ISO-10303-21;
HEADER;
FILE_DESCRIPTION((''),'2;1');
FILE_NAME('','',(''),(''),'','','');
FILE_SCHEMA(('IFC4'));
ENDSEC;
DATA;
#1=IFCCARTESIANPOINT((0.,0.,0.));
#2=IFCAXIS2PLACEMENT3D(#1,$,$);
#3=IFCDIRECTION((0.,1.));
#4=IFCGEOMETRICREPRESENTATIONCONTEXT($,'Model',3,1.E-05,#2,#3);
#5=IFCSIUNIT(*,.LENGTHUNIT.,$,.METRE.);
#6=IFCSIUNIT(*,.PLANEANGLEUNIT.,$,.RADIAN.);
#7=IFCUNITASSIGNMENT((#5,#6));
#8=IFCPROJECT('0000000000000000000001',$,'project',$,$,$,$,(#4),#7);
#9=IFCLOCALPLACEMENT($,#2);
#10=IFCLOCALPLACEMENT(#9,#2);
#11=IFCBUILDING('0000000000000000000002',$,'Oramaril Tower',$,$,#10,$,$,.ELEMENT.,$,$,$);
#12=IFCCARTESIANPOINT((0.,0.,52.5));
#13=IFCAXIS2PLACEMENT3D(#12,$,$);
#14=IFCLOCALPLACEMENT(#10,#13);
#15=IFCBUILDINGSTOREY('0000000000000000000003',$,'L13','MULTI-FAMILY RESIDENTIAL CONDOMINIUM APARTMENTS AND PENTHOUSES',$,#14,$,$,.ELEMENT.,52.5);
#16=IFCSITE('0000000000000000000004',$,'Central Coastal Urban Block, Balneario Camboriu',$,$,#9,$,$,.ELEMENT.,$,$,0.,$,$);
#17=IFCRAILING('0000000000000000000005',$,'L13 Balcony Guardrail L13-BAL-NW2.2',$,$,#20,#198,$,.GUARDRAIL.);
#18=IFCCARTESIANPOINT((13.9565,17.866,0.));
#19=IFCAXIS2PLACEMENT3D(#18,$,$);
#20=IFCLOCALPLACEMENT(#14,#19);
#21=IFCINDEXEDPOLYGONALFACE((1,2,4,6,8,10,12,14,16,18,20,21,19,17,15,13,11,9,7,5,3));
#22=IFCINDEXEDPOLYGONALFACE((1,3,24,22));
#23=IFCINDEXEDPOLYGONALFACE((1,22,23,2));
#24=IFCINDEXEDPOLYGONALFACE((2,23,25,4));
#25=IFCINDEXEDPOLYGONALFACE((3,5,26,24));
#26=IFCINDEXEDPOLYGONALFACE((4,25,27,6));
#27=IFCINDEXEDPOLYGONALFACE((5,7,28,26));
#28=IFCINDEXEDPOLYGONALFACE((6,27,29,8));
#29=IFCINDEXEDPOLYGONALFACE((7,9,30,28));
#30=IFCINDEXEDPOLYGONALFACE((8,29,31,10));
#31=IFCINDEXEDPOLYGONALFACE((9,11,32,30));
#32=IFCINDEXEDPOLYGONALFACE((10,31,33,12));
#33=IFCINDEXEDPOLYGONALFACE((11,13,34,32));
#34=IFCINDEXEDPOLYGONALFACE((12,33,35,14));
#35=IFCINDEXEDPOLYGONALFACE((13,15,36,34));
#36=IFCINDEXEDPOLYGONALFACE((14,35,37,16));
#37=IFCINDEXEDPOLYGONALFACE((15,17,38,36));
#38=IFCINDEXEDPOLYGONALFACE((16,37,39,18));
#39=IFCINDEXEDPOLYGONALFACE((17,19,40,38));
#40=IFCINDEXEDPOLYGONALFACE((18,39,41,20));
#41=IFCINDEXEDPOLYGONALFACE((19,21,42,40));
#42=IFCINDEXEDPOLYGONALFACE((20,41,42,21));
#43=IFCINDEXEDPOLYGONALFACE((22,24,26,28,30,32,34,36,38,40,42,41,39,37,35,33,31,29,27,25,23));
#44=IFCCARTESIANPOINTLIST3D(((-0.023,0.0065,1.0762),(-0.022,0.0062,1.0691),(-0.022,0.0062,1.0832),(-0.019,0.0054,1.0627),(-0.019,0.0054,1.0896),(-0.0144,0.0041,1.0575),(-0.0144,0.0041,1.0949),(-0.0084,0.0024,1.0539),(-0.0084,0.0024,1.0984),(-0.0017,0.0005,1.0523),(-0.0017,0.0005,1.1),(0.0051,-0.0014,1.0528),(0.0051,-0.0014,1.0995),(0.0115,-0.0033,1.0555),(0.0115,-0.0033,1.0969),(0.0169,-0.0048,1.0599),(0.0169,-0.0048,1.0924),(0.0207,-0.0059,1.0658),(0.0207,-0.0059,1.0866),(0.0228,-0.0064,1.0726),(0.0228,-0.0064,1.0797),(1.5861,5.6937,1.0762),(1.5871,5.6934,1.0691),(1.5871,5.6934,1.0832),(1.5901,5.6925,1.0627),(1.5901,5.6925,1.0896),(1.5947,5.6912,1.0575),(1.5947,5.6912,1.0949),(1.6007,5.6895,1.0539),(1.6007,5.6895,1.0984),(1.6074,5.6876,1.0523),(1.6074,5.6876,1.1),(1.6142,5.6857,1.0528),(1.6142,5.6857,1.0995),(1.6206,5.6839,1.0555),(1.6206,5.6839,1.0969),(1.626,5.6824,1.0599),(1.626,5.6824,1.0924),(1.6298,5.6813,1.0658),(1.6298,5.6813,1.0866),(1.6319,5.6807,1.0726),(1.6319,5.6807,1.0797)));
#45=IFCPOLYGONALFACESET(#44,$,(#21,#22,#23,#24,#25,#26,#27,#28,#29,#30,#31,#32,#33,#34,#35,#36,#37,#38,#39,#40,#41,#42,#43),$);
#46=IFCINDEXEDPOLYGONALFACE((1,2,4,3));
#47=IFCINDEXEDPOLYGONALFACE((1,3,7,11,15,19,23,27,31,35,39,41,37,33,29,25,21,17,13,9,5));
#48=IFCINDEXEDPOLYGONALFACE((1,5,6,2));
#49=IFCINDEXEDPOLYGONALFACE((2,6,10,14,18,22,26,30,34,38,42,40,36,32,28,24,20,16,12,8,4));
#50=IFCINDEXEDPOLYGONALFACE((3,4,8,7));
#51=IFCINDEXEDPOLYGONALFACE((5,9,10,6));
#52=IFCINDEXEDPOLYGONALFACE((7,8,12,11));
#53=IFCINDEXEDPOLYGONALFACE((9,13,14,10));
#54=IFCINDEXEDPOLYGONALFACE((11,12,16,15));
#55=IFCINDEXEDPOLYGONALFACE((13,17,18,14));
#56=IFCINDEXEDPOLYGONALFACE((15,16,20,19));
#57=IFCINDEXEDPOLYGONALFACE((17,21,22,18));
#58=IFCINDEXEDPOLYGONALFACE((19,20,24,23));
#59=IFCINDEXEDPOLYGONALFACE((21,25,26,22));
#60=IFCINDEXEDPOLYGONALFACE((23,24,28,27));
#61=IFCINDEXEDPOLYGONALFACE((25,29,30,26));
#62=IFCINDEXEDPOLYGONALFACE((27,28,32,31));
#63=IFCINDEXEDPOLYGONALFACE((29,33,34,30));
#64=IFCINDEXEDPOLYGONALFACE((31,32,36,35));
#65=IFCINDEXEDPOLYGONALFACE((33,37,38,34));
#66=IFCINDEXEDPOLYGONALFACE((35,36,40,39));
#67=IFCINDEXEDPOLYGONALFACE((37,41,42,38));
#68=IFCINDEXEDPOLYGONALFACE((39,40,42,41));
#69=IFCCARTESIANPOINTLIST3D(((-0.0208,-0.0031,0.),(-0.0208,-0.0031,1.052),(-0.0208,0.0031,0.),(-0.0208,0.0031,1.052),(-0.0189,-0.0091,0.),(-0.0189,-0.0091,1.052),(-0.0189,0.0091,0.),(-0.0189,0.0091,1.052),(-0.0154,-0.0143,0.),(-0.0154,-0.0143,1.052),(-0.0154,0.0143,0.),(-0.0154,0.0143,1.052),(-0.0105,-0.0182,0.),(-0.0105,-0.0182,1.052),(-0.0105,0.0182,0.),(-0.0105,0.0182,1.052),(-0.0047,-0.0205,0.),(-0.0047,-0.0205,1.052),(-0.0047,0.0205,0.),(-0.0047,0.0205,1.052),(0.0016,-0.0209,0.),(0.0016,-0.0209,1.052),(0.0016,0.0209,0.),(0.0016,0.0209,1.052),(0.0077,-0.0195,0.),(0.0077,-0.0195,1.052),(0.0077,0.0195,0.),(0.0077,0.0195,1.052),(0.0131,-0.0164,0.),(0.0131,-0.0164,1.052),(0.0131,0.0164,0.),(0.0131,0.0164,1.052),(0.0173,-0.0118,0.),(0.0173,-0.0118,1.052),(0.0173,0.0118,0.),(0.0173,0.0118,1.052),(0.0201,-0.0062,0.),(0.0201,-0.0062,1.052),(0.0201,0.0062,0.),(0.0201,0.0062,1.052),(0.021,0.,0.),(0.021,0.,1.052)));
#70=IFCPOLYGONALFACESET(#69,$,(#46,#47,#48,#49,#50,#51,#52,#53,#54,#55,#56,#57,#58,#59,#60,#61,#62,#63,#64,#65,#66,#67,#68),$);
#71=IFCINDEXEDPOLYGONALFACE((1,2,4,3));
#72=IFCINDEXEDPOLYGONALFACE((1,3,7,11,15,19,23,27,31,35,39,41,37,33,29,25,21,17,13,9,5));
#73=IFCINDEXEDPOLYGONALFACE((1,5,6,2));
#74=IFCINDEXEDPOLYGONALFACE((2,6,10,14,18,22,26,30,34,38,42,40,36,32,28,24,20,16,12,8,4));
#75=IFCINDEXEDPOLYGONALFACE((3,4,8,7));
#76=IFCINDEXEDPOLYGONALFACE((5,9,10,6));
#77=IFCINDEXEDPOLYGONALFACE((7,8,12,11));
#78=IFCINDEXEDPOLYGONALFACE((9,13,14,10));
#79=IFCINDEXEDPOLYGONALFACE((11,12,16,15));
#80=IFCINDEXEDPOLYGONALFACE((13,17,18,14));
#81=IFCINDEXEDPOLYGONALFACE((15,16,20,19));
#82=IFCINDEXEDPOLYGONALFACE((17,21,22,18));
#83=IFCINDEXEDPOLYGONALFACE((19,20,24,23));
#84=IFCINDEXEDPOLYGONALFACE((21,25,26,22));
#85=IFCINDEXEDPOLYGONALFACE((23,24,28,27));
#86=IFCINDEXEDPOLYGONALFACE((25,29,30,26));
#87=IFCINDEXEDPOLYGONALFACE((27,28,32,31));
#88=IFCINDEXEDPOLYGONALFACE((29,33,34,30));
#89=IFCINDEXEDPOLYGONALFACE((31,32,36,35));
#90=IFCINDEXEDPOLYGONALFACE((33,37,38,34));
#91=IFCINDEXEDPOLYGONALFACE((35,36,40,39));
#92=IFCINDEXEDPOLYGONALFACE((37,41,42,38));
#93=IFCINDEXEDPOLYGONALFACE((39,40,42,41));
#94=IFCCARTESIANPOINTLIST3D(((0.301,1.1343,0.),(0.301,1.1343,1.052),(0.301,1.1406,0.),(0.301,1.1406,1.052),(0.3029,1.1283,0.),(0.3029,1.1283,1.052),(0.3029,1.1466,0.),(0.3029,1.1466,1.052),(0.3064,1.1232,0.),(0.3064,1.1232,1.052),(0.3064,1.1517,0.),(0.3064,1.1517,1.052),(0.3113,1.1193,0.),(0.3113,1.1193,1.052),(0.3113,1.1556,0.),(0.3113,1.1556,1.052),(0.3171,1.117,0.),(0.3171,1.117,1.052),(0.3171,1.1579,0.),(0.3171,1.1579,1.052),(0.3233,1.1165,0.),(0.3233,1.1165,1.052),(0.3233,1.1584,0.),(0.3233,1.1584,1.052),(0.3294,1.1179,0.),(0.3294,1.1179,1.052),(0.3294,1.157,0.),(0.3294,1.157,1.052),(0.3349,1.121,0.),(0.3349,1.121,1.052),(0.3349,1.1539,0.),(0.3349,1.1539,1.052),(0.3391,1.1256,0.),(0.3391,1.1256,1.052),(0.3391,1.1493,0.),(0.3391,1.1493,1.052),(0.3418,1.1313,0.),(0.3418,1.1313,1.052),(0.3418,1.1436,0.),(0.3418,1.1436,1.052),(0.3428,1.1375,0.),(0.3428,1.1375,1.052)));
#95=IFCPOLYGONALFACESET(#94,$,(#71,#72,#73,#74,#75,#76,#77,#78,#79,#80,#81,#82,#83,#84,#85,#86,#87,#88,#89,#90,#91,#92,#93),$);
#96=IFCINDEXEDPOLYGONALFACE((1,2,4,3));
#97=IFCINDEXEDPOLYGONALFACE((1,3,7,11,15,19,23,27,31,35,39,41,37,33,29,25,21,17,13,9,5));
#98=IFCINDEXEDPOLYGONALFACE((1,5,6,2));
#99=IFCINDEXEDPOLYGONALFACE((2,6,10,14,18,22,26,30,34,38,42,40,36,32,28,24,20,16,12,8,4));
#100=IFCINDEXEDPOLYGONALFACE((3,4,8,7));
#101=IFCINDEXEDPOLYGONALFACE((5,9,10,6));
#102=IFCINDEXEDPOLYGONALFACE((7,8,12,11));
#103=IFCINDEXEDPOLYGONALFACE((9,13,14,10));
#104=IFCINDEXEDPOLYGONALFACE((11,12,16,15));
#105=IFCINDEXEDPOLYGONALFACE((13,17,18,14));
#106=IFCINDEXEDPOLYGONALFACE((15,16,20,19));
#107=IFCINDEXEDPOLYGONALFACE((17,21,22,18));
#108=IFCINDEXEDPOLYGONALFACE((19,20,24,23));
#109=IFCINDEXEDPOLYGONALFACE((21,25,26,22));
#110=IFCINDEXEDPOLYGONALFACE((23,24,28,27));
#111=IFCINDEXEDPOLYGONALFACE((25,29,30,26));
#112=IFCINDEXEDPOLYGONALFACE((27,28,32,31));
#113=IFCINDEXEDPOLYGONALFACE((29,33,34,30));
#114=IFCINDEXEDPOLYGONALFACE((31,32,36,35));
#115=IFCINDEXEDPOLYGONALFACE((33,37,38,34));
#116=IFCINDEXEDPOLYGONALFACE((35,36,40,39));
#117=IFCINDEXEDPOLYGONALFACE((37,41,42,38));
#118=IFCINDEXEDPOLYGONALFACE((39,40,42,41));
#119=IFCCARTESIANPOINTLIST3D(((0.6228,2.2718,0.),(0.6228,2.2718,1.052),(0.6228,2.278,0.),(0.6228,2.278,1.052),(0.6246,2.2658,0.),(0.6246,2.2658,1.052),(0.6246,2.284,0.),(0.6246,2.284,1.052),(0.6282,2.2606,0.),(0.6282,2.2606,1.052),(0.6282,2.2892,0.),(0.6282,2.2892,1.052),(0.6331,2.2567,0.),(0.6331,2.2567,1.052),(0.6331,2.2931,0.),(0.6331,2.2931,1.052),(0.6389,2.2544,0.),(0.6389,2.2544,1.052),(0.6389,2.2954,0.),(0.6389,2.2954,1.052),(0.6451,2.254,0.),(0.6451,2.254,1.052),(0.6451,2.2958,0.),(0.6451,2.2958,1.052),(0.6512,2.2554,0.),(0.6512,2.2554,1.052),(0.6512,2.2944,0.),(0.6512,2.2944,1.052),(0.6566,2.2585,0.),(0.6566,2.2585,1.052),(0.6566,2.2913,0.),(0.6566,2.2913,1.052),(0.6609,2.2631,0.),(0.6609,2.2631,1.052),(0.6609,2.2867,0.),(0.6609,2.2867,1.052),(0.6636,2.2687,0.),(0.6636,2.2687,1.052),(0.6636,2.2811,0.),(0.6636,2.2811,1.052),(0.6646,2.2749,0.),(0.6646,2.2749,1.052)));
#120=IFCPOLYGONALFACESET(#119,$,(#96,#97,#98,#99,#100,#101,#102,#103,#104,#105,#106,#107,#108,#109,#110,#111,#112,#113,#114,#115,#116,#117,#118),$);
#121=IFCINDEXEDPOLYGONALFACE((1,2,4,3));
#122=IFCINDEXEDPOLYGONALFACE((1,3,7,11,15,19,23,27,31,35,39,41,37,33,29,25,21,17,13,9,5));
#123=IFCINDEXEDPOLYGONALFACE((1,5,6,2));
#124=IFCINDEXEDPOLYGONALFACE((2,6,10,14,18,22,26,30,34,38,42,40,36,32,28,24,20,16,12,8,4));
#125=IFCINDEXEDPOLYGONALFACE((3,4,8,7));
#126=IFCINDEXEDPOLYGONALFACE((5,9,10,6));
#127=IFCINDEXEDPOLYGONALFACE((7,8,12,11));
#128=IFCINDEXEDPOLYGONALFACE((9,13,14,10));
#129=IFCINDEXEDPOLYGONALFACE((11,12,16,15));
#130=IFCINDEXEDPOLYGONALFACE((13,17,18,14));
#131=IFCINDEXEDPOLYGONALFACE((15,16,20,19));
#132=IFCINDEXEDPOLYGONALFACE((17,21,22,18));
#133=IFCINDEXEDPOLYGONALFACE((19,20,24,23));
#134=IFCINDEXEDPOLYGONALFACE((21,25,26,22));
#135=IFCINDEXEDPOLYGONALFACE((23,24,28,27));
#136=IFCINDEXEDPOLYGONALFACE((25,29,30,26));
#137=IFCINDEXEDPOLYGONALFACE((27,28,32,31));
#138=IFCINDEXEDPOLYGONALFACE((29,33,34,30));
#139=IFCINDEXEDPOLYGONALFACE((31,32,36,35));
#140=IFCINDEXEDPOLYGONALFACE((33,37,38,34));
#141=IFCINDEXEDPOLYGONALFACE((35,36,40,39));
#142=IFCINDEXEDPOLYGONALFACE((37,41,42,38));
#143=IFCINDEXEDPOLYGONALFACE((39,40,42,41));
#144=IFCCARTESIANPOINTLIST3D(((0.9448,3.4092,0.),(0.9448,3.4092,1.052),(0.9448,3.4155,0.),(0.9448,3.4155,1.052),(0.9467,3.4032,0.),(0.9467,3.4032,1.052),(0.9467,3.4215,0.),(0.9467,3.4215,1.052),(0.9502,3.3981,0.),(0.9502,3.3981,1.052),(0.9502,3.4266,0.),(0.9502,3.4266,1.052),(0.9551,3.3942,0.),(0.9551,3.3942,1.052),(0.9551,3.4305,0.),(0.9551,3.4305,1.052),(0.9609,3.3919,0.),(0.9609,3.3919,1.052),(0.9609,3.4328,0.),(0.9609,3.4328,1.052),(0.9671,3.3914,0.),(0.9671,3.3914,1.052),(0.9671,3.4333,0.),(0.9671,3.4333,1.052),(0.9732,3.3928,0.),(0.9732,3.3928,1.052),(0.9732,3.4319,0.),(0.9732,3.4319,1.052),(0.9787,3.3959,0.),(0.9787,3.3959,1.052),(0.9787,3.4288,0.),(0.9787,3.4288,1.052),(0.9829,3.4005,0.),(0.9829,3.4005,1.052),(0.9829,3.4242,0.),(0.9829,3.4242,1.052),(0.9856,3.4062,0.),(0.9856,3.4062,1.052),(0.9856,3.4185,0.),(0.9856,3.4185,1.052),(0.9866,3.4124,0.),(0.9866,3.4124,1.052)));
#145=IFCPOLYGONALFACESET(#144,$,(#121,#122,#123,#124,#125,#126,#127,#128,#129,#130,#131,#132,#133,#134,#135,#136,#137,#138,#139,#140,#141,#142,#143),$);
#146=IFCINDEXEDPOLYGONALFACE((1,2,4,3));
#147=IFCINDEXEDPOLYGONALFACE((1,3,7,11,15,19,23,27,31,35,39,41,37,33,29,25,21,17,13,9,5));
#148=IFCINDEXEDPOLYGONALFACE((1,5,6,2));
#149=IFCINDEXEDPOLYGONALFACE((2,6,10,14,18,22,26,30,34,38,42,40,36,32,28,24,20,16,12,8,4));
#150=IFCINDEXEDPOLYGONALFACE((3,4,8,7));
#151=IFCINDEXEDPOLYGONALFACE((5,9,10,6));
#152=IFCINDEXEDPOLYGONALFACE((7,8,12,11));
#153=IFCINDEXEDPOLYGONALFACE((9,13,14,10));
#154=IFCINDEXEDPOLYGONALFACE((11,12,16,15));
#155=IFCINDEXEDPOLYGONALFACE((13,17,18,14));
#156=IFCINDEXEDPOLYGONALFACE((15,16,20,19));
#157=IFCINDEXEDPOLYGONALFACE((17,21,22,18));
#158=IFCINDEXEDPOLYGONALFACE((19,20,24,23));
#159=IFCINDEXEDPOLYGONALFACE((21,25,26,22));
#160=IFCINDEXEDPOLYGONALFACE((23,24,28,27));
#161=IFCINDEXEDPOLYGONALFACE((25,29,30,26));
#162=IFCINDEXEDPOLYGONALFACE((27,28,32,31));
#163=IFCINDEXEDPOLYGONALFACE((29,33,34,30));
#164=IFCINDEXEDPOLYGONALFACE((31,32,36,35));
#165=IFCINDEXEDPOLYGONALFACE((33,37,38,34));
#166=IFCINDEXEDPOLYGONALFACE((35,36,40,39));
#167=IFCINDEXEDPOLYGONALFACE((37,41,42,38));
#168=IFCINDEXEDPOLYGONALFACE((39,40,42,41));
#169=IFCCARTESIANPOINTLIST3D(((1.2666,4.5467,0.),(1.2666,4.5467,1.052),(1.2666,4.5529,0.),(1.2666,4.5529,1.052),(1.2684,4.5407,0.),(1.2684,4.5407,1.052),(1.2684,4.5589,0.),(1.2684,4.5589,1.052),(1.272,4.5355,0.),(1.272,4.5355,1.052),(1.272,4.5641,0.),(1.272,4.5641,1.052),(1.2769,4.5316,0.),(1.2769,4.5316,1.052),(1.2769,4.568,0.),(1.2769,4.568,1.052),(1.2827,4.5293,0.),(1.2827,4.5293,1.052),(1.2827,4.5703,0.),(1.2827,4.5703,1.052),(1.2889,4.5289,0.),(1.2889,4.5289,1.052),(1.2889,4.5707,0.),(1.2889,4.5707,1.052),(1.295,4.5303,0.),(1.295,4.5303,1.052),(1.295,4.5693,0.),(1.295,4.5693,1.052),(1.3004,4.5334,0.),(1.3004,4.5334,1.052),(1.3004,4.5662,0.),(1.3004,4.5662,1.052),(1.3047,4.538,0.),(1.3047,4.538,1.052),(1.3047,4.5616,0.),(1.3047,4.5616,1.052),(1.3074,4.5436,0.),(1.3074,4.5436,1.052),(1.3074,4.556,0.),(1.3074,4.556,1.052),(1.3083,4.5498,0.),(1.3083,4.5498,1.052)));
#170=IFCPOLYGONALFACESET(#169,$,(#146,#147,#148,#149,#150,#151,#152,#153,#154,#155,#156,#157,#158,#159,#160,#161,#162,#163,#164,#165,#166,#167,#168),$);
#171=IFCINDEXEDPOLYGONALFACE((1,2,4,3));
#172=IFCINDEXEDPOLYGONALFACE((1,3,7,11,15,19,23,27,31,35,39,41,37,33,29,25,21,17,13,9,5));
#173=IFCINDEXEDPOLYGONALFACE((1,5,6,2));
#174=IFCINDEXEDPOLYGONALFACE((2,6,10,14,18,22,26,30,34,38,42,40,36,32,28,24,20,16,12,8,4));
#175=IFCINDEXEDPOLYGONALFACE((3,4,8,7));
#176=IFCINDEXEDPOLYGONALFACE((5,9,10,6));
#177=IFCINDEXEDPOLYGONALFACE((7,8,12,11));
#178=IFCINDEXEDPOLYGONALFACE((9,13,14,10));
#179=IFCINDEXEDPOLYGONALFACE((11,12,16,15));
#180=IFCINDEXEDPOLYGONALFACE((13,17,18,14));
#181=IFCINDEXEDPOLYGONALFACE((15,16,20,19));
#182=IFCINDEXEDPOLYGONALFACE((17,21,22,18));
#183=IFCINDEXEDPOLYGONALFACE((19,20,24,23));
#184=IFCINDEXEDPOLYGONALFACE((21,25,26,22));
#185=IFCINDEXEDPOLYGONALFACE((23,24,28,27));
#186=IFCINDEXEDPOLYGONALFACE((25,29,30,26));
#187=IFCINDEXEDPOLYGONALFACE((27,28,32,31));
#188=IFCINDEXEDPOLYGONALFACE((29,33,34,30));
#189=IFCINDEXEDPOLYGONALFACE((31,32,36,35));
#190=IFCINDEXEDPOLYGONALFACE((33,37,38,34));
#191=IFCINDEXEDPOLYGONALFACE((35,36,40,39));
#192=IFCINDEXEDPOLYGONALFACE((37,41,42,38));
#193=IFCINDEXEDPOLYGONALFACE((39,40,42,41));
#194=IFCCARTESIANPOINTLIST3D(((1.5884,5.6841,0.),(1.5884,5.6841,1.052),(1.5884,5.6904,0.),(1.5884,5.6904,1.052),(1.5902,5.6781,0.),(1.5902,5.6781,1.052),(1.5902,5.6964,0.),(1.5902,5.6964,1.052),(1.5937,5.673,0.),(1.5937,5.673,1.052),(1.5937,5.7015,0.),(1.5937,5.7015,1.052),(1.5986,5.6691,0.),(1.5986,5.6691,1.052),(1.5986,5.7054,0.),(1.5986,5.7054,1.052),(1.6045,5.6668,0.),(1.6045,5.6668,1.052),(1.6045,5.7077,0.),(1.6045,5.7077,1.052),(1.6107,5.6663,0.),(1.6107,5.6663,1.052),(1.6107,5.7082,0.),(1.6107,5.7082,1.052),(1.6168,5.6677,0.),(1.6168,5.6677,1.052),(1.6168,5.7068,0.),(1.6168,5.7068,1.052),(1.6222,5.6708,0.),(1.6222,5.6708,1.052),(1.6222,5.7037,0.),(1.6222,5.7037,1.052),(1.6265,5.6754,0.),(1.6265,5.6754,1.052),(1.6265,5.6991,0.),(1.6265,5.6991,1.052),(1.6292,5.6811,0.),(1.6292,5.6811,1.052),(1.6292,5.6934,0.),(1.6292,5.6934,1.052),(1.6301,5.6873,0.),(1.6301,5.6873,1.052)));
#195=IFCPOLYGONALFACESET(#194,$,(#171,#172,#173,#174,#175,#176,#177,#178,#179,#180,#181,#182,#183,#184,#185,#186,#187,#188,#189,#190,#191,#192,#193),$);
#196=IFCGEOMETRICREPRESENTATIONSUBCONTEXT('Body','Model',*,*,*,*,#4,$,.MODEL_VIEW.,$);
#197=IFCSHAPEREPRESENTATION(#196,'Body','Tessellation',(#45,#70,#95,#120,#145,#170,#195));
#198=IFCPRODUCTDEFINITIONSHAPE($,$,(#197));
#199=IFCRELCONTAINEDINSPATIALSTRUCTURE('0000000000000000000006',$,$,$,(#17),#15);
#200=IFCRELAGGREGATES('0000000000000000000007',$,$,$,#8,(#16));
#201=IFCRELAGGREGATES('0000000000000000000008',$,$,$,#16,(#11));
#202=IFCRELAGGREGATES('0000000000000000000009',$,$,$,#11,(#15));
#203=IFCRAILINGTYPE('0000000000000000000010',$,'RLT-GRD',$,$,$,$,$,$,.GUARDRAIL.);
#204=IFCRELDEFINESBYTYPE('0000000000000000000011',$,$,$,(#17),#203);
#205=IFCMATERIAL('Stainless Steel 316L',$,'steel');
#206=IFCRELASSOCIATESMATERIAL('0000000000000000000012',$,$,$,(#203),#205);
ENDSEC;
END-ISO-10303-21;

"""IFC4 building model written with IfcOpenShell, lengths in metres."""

from ifc_helpers import new_model, si_unit, direction, frame, origin, origin_2d, place, context, subcontext, project, spatial, circle, extrude, material, type_object, element, save


model = new_model("IFC4")

# Units and contexts
model_context = context("Model", 3, precision=1e-05, world=origin(), true_north=direction((0.0, 1.0)))
body_context = subcontext(model_context, "Body", "Model", "MODEL_VIEW")
ifc_project = project(units=[si_unit("LENGTHUNIT", "METRE"), si_unit("PLANEANGLEUNIT", "RADIAN")], contexts=[model_context])

# Site, building, storey
site_placement = place(None, origin())
site = spatial("IfcSite", under=ifc_project, at=site_placement, Name="Central Coastal Urban Block, Balneario Camboriu", CompositionType="ELEMENT", RefElevation=0.0)
building_placement = place(site_placement, origin())
building = spatial("IfcBuilding", under=site, at=building_placement, Name="Oramaril Tower", CompositionType="ELEMENT")
storey_placement = place(building_placement, frame((0.0, 0.0, 52.5)))
storey = spatial("IfcBuildingStorey", under=building, at=storey_placement, Name="L13", Description="MULTI-FAMILY RESIDENTIAL CONDOMINIUM APARTMENTS AND PENTHOUSES", CompositionType="ELEMENT", Elevation=52.5)

# Railing
ifc_material_1 = material(Name="Stainless Steel 316L", Category="steel")
railing_type = type_object("IfcRailingType", Name="RLT-GRD", PredefinedType="GUARDRAIL", material=ifc_material_1)
railing_1_placement = place(storey_placement, frame((13.9565, 17.866, 0.0)))
element("IfcRailing", 1, at=railing_1_placement, inside=storey, type_object=railing_type, Name="L13 Balcony Guardrail L13-BAL-NW2.2", PredefinedType="GUARDRAIL", context=body_context, shape_type="SweptSolid", body=[
    extrude(circle(Radius=0.0239, at=origin_2d()), frame((0.0, 0.0, 1.0762), z_axis=(0.272249, 0.962227, 0.0), x_axis=(-0.962227, 0.272249, 0.0)), (0.0, 0.0, 1.0), 5.9104),
    extrude(circle(Radius=0.021, at=origin_2d()), origin(), (0.0, 0.0, 1.0), 1.052),
    extrude(circle(Radius=0.021, at=origin_2d()), frame((0.3218, 1.1375, 0.0)), (0.0, 0.0, 1.0), 1.052),
    extrude(circle(Radius=0.021, at=origin_2d()), frame((0.6436, 2.2749, 0.0)), (0.0, 0.0, 1.0), 1.052),
    extrude(circle(Radius=0.021, at=origin_2d()), frame((0.9656, 3.4124, 0.0)), (0.0, 0.0, 1.0), 1.052),
    extrude(circle(Radius=0.021, at=origin_2d()), frame((1.2874, 4.5498, 0.0)), (0.0, 0.0, 1.0), 1.052),
    extrude(circle(Radius=0.021, at=origin_2d()), frame((1.6091, 5.6873, 0.0)), (0.0, 0.0, 1.0), 1.052),
])

save(model, "model.ifc")
